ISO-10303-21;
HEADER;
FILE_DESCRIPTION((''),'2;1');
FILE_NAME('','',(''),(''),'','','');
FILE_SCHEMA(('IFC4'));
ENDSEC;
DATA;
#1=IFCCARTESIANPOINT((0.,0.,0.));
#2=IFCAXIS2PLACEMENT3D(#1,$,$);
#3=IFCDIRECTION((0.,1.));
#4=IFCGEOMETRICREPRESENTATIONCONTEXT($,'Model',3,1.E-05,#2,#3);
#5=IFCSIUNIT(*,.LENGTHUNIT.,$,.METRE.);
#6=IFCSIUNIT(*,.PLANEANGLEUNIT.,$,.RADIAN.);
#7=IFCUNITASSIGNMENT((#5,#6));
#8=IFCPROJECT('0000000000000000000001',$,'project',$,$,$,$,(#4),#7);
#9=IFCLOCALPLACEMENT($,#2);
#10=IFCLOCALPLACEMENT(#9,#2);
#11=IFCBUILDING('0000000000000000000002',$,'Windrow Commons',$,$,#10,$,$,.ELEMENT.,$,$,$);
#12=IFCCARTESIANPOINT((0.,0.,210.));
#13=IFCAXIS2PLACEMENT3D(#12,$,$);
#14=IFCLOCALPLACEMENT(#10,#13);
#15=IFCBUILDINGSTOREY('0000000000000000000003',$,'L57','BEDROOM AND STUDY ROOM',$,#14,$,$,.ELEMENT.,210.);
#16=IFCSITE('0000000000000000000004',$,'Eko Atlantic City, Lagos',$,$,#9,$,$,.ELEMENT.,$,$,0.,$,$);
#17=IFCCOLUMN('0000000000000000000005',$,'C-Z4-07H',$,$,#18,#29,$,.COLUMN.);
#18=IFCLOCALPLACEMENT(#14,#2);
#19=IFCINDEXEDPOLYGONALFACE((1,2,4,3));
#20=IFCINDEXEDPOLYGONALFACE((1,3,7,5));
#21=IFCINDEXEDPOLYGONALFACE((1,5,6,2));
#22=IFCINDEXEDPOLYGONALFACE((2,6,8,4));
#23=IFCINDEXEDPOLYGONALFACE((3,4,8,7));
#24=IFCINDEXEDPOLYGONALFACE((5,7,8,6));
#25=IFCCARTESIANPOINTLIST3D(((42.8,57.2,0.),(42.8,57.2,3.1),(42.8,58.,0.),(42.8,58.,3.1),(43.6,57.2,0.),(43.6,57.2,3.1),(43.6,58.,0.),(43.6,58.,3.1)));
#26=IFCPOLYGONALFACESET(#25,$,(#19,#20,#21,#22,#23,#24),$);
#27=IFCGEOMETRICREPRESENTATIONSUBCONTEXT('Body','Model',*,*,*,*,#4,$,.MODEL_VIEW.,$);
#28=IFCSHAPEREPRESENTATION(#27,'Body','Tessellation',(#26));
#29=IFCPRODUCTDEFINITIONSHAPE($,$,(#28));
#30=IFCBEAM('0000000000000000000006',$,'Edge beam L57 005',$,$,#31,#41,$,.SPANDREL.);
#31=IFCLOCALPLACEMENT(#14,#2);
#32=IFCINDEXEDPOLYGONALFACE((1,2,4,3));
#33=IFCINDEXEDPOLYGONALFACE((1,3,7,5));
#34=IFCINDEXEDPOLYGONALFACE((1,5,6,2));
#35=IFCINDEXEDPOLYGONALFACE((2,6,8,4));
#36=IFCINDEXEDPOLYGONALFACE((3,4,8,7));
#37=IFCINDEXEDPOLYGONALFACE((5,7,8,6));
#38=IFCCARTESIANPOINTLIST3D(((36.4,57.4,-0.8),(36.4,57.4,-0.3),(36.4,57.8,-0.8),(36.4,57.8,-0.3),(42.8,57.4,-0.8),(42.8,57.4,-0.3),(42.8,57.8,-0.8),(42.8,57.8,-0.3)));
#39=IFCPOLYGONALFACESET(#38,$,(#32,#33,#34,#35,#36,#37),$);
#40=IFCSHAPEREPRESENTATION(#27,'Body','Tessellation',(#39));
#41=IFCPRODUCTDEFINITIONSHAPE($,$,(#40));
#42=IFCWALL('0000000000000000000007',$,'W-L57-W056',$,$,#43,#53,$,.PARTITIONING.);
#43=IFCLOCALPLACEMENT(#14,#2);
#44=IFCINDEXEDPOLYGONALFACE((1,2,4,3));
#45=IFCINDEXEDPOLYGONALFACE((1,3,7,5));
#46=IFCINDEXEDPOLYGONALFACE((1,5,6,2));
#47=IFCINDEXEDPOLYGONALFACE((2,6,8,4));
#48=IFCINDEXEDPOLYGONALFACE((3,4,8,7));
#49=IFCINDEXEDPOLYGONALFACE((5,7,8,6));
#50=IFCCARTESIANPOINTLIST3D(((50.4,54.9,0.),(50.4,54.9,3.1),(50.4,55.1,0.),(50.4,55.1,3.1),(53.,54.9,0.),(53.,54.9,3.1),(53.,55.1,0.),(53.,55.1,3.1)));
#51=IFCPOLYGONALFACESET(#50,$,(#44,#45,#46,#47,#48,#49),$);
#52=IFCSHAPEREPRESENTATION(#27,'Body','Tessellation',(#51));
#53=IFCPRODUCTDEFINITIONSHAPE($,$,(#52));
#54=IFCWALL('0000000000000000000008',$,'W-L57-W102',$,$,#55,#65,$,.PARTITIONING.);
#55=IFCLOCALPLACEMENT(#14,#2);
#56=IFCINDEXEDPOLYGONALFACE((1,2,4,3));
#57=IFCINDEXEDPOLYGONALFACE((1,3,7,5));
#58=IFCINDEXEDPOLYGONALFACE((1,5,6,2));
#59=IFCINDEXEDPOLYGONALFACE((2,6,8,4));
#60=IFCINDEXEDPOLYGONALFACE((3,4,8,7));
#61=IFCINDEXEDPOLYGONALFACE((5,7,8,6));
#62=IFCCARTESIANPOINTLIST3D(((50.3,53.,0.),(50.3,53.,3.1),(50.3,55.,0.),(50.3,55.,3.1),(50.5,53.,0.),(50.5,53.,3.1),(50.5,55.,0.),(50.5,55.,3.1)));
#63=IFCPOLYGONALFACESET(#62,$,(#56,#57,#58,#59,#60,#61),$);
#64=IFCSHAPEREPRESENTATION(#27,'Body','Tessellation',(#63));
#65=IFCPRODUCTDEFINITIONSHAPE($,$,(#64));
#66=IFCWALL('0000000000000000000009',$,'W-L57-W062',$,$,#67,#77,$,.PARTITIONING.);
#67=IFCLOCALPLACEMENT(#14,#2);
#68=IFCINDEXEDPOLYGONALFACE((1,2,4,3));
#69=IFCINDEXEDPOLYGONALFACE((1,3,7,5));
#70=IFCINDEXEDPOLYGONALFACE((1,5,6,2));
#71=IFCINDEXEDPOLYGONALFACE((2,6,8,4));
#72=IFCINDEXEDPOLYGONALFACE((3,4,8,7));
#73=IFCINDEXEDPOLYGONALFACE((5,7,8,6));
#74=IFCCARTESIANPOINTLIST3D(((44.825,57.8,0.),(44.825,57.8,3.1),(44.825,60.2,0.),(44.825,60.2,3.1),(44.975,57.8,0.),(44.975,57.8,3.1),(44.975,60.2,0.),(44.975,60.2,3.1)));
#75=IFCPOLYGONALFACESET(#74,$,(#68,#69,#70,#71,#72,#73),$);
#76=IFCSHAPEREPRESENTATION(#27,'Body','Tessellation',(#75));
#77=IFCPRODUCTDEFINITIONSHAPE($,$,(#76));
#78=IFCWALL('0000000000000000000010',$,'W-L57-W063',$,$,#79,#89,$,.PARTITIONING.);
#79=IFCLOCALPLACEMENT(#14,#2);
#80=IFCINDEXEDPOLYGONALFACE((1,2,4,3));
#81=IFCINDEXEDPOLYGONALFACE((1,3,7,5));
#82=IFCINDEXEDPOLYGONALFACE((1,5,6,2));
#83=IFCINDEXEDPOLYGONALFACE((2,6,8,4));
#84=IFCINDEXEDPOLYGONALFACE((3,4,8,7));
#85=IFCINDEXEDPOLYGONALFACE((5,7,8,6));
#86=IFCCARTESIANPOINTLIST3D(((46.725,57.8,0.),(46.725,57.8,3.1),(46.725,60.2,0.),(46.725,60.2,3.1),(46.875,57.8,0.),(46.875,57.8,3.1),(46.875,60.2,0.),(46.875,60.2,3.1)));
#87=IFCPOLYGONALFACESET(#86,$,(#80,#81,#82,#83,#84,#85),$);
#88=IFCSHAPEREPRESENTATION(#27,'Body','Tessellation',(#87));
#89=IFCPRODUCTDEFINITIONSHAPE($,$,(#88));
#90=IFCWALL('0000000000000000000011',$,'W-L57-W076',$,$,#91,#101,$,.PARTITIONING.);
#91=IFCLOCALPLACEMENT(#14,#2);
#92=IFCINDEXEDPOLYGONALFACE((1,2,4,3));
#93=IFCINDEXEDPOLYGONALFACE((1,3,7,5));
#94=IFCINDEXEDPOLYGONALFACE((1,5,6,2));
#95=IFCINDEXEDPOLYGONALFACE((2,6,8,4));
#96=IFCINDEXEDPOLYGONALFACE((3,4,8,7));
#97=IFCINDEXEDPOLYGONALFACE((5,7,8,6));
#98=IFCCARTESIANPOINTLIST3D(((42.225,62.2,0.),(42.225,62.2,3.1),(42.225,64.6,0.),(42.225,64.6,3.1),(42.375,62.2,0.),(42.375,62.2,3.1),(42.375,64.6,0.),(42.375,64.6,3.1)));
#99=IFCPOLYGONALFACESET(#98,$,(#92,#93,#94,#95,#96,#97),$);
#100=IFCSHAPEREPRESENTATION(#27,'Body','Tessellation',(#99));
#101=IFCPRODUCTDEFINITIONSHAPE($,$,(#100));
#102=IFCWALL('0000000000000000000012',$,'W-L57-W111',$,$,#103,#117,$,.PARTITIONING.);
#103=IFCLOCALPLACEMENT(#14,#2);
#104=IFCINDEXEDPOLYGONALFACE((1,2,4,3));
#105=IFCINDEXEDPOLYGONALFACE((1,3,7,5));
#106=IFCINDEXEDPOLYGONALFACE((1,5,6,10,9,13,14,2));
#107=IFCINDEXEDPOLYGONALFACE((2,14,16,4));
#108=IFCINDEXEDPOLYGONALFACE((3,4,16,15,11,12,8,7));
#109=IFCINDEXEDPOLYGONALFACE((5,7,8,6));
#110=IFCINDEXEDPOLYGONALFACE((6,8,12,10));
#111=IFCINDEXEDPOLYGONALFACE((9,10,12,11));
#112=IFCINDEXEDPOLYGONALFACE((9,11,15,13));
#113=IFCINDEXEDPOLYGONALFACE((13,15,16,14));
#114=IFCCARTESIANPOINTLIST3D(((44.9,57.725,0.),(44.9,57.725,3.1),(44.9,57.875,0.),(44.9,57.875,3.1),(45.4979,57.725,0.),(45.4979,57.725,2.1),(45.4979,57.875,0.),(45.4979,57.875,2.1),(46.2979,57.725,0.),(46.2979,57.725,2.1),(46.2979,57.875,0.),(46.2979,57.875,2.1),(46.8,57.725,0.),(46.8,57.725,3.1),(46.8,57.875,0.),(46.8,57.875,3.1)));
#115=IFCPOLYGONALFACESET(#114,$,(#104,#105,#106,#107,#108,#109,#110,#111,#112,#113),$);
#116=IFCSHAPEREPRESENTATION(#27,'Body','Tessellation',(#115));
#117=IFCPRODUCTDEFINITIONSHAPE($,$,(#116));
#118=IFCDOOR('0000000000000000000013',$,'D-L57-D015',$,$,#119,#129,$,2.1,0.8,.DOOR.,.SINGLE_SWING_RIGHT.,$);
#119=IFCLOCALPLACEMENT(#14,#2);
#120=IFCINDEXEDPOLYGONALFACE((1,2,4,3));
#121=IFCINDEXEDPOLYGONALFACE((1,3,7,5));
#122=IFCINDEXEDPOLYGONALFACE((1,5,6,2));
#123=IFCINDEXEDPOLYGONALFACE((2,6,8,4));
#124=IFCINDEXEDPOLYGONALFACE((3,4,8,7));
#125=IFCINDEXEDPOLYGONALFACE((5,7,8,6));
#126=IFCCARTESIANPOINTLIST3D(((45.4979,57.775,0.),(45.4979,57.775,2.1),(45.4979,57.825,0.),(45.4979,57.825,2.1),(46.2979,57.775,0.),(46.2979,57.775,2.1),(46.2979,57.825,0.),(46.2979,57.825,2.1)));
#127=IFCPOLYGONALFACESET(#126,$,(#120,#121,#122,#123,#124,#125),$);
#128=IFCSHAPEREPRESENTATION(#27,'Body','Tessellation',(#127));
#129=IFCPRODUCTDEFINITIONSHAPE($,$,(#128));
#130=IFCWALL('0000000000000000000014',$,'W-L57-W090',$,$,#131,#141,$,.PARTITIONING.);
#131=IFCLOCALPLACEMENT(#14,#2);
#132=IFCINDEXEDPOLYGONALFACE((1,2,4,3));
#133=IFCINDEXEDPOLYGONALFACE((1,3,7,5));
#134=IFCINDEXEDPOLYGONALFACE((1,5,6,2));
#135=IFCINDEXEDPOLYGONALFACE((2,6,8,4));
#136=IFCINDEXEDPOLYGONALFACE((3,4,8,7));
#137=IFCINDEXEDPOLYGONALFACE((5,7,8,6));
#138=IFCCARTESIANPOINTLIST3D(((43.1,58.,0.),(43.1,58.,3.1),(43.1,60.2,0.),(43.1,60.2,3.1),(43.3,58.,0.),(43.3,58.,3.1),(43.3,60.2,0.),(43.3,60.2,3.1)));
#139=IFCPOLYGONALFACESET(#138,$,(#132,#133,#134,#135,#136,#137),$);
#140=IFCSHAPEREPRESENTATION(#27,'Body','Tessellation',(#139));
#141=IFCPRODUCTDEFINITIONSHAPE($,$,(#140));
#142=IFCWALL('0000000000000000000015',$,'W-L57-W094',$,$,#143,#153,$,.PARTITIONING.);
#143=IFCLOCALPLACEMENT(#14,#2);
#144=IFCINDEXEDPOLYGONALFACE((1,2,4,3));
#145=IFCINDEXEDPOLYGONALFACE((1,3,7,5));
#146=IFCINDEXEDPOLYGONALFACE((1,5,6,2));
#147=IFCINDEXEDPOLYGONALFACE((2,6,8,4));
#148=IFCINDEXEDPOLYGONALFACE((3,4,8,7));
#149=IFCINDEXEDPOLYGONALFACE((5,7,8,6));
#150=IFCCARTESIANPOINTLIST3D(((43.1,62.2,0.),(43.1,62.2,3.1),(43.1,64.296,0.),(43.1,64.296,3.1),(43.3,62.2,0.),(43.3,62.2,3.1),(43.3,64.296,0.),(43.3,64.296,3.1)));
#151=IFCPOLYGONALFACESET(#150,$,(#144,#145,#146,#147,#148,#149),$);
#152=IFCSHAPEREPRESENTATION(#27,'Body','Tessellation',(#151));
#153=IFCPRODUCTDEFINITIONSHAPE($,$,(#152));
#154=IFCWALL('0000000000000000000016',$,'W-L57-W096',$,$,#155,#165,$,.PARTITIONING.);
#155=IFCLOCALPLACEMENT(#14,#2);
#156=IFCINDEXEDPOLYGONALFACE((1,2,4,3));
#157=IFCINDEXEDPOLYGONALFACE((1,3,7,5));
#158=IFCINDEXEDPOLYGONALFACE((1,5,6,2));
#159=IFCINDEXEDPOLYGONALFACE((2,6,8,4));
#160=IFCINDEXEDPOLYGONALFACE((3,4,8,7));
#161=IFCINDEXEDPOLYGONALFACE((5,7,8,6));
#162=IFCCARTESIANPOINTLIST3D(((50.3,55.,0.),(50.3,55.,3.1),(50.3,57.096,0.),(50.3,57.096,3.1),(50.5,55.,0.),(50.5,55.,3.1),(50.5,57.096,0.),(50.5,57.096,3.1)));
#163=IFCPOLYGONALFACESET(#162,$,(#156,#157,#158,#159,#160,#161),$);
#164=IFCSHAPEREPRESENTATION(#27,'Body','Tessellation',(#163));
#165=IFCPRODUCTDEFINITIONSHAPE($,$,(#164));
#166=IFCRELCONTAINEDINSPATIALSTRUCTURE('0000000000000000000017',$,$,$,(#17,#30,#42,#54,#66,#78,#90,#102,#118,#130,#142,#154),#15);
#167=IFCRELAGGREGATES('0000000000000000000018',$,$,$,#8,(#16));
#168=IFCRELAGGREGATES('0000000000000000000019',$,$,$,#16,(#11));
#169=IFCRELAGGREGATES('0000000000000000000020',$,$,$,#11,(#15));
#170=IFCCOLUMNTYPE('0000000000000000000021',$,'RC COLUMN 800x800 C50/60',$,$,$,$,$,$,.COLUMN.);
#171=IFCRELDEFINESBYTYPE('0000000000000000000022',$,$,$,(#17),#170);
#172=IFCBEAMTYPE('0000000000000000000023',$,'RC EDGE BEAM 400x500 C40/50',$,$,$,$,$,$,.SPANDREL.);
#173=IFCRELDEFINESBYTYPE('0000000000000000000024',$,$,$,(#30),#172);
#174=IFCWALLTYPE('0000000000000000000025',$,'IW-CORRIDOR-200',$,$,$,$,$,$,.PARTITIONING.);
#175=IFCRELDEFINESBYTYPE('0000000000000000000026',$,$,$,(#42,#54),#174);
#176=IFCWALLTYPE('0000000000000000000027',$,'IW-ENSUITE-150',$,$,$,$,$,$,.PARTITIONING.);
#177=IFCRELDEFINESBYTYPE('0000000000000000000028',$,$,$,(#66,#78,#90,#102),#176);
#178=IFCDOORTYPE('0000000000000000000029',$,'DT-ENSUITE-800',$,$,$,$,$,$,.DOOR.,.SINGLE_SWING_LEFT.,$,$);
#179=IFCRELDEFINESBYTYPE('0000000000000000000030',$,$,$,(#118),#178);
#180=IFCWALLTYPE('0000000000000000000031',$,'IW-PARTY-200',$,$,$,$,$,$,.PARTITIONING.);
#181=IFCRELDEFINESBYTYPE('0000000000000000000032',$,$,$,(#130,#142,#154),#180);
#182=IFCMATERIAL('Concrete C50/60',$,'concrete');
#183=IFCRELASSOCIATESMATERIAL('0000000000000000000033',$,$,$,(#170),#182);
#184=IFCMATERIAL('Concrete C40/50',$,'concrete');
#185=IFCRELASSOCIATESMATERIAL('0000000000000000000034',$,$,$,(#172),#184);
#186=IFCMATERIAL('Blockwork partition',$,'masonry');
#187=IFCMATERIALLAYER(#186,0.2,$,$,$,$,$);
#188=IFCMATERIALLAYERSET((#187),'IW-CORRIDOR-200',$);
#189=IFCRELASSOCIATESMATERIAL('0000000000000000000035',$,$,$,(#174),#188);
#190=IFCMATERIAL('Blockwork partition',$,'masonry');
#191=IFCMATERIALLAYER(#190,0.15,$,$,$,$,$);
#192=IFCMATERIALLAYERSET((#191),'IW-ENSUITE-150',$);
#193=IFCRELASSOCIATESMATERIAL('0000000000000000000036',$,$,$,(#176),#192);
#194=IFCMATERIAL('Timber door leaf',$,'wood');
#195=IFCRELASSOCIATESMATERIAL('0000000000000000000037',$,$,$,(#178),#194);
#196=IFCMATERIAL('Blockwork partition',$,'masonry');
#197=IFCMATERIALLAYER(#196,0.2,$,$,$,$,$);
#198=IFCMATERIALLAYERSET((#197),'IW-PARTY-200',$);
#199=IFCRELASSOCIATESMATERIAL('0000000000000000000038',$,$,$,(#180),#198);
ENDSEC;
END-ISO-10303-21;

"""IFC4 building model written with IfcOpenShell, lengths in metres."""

from ifc_helpers import new_model, si_unit, direction, frame, frame_2d, origin, origin_2d, place, context, subcontext, project, spatial, rectangle, extrude, material, layer, layer_set, material_profile, profile_set, type_object, element, fill, save


model = new_model("IFC4")

# Units and contexts
model_context = context("Model", 3, precision=1e-05, world=origin(), true_north=direction((0.0, 1.0)))
body_context = subcontext(model_context, "Body", "Model", "MODEL_VIEW")
ifc_project = project(units=[si_unit("LENGTHUNIT", "METRE"), si_unit("PLANEANGLEUNIT", "RADIAN")], contexts=[model_context])

# Site, building, storey
site_placement = place(None, origin())
site = spatial("IfcSite", under=ifc_project, at=site_placement, Name="Eko Atlantic City, Lagos", CompositionType="ELEMENT", RefElevation=0.0)
building_placement = place(site_placement, origin())
building = spatial("IfcBuilding", under=site, at=building_placement, Name="Windrow Commons", CompositionType="ELEMENT")
storey_placement = place(building_placement, frame((0.0, 0.0, 210.0)))
storey = spatial("IfcBuildingStorey", under=building, at=storey_placement, Name="L57", Description="BEDROOM AND STUDY ROOM", CompositionType="ELEMENT", Elevation=210.0)

# Column
ifc_material_1 = material(Name="Concrete C50/60", Category="concrete")
ifc_material_profile_1 = material_profile(ifc_material_1, rectangle(XDim=0.8, YDim=0.8, at=origin_2d()))
ifc_profile_set_1 = profile_set([ifc_material_profile_1], Name="Concrete C50/60")
column_type = type_object("IfcColumnType", Name="RC COLUMN 800x800 C50/60", PredefinedType="COLUMN", material=ifc_profile_set_1)
column_placement = place(storey_placement, frame((43.2, 57.6, 0.0), z_axis=(0.0, 0.0, 1.0), x_axis=(1.0, 0.0, 0.0)))
element("IfcColumn", 1, at=column_placement, inside=storey, type_object=column_type, Name="C-Z4-07H", PredefinedType="COLUMN", context=body_context, shape_type="SweptSolid", body=[
    extrude(rectangle(XDim=0.8, YDim=0.8, at=origin_2d()), origin(), (0.0, 0.0, 1.0), 3.1),
])

# Beam
ifc_material_2 = material(Name="Concrete C40/50", Category="concrete")
ifc_material_profile_2 = material_profile(ifc_material_2, rectangle(XDim=0.4, YDim=0.5, at=origin_2d()))
ifc_profile_set_2 = profile_set([ifc_material_profile_2], Name="Concrete C40/50")
beam_type = type_object("IfcBeamType", Name="RC EDGE BEAM 400x500 C40/50", PredefinedType="SPANDREL", material=ifc_profile_set_2)
beam_placement = place(storey_placement, frame((42.8, 57.6, -0.55), z_axis=(-1.0, 0.0, 0.0), x_axis=(0.0, -1.0, 0.0)))
element("IfcBeam", 2, at=beam_placement, inside=storey, type_object=beam_type, Name="Edge beam L57 005", PredefinedType="SPANDREL", context=body_context, shape_type="SweptSolid", body=[
    extrude(rectangle(XDim=0.4, YDim=0.5, at=origin_2d()), origin(), (0.0, 0.0, 1.0), 6.4),
])

# Walls
ifc_material_3 = material(Name="Blockwork partition", Category="masonry")
ifc_layer_1 = layer(ifc_material_3, 0.2)
ifc_layer_set_1 = layer_set([ifc_layer_1], Name="IW-CORRIDOR-200")
wall_type_1 = type_object("IfcWallType", Name="IW-CORRIDOR-200", PredefinedType="PARTITIONING", material=ifc_layer_set_1)
wall_1_placement = place(storey_placement, frame((50.4, 55.0, 0.0), z_axis=(0.0, 0.0, 1.0), x_axis=(1.0, 0.0, 0.0)))
element("IfcWall", 3, at=wall_1_placement, inside=storey, type_object=wall_type_1, Name="W-L57-W056", PredefinedType="PARTITIONING", context=body_context, shape_type="SweptSolid", body=[
    extrude(rectangle(XDim=2.6, YDim=0.2, at=frame_2d((1.3, 0.0))), origin(), (0.0, 0.0, 1.0), 3.1),
])
wall_2_placement = place(storey_placement, frame((50.4, 53.0, 0.0), z_axis=(0.0, 0.0, 1.0), x_axis=(0.0, 1.0, 0.0)))
element("IfcWall", 4, at=wall_2_placement, inside=storey, type_object=wall_type_1, Name="W-L57-W102", PredefinedType="PARTITIONING", context=body_context, shape_type="SweptSolid", body=[
    extrude(rectangle(XDim=2.0, YDim=0.2, at=frame_2d((1.0, 0.0))), origin(), (0.0, 0.0, 1.0), 3.1),
])
ifc_material_4 = material(Name="Blockwork partition", Category="masonry")
ifc_layer_2 = layer(ifc_material_4, 0.15)
ifc_layer_set_2 = layer_set([ifc_layer_2], Name="IW-ENSUITE-150")
wall_type_2 = type_object("IfcWallType", Name="IW-ENSUITE-150", PredefinedType="PARTITIONING", material=ifc_layer_set_2)
for number, where, z_axis, x_axis, name in (
    (5, (44.9, 57.8, 0.0), (0.0, 0.0, 1.0), (0.0, 1.0, 0.0), "W-L57-W062"),
    (6, (46.8, 57.8, 0.0), (0.0, 0.0, 1.0), (0.0, 1.0, 0.0), "W-L57-W063"),
    (7, (42.3, 62.2, 0.0), (0.0, 0.0, 1.0), (0.0, 1.0, 0.0), "W-L57-W076"),
):
    element("IfcWall", number, at=place(storey_placement, frame(where, z_axis=z_axis, x_axis=x_axis)), inside=storey, type_object=wall_type_2, Name=name, PredefinedType="PARTITIONING", context=body_context, shape_type="SweptSolid", body=[
        extrude(rectangle(XDim=2.4, YDim=0.15, at=frame_2d((1.2, 0.0))), origin(), (0.0, 0.0, 1.0), 3.1),
    ])

# Wall, opening, door
wall_3_placement = place(storey_placement, frame((44.9, 57.8, 0.0), z_axis=(0.0, 0.0, 1.0), x_axis=(1.0, 0.0, 0.0)))
wall_3 = element("IfcWall", 8, at=wall_3_placement, inside=storey, type_object=wall_type_2, Name="W-L57-W111", PredefinedType="PARTITIONING", context=body_context, shape_type="SweptSolid", body=[
    extrude(rectangle(XDim=1.9, YDim=0.15, at=frame_2d((0.95, 0.0))), origin(), (0.0, 0.0, 1.0), 3.1),
])
opening_placement = place(wall_3_placement, frame((0.5979, 0.0, 0.0)))
opening = element("IfcOpeningElement", 9, at=opening_placement, cuts=wall_3, PredefinedType="OPENING", context=body_context, shape_type="SweptSolid", body=[
    extrude(rectangle(XDim=0.8, YDim=2.1, at=frame_2d((0.4, 1.05))), frame((0.0, 0.085, 0.0), z_axis=(0.0, -1.0, 0.0), x_axis=(1.0, 0.0, 0.0)), (0.0, 0.0, 1.0), 0.17),
])
ifc_material_5 = material(Name="Timber door leaf", Category="wood")
door_type = type_object("IfcDoorType", Name="DT-ENSUITE-800", OperationType="SINGLE_SWING_LEFT", PredefinedType="DOOR", material=ifc_material_5)
door_placement = place(opening_placement, origin())
door = element("IfcDoor", 10, at=door_placement, inside=storey, type_object=door_type, Name="D-L57-D015", OperationType="SINGLE_SWING_RIGHT", OverallHeight=2.1, OverallWidth=0.8, PredefinedType="DOOR", context=body_context, shape_type="SweptSolid", body=[
    extrude(rectangle(XDim=0.8, YDim=2.1, at=frame_2d((0.4, 1.05))), frame((0.0, 0.025, 0.0), z_axis=(0.0, -1.0, 0.0), x_axis=(1.0, 0.0, 0.0)), (0.0, 0.0, 1.0), 0.05),
])
fill(opening, door)

# Walls
ifc_material_6 = material(Name="Blockwork partition", Category="masonry")
ifc_layer_3 = layer(ifc_material_6, 0.2)
ifc_layer_set_3 = layer_set([ifc_layer_3], Name="IW-PARTY-200")
wall_type_3 = type_object("IfcWallType", Name="IW-PARTY-200", PredefinedType="PARTITIONING", material=ifc_layer_set_3)
wall_4_placement = place(storey_placement, frame((43.2, 58.0, 0.0), z_axis=(0.0, 0.0, 1.0), x_axis=(0.0, 1.0, 0.0)))
element("IfcWall", 11, at=wall_4_placement, inside=storey, type_object=wall_type_3, Name="W-L57-W090", PredefinedType="PARTITIONING", context=body_context, shape_type="SweptSolid", body=[
    extrude(rectangle(XDim=2.2, YDim=0.2, at=frame_2d((1.1, 0.0))), origin(), (0.0, 0.0, 1.0), 3.1),
])
for number, where, z_axis, x_axis, name in (
    (12, (43.2, 62.2, 0.0), (0.0, 0.0, 1.0), (0.0, 1.0, 0.0), "W-L57-W094"),
    (13, (50.4, 55.0, 0.0), (0.0, 0.0, 1.0), (0.0, 1.0, 0.0), "W-L57-W096"),
):
    element("IfcWall", number, at=place(storey_placement, frame(where, z_axis=z_axis, x_axis=x_axis)), inside=storey, type_object=wall_type_3, Name=name, PredefinedType="PARTITIONING", context=body_context, shape_type="SweptSolid", body=[
        extrude(rectangle(XDim=2.096, YDim=0.2, at=frame_2d((1.048, 0.0))), origin(), (0.0, 0.0, 1.0), 3.1),
    ])

save(model, "model.ifc")
